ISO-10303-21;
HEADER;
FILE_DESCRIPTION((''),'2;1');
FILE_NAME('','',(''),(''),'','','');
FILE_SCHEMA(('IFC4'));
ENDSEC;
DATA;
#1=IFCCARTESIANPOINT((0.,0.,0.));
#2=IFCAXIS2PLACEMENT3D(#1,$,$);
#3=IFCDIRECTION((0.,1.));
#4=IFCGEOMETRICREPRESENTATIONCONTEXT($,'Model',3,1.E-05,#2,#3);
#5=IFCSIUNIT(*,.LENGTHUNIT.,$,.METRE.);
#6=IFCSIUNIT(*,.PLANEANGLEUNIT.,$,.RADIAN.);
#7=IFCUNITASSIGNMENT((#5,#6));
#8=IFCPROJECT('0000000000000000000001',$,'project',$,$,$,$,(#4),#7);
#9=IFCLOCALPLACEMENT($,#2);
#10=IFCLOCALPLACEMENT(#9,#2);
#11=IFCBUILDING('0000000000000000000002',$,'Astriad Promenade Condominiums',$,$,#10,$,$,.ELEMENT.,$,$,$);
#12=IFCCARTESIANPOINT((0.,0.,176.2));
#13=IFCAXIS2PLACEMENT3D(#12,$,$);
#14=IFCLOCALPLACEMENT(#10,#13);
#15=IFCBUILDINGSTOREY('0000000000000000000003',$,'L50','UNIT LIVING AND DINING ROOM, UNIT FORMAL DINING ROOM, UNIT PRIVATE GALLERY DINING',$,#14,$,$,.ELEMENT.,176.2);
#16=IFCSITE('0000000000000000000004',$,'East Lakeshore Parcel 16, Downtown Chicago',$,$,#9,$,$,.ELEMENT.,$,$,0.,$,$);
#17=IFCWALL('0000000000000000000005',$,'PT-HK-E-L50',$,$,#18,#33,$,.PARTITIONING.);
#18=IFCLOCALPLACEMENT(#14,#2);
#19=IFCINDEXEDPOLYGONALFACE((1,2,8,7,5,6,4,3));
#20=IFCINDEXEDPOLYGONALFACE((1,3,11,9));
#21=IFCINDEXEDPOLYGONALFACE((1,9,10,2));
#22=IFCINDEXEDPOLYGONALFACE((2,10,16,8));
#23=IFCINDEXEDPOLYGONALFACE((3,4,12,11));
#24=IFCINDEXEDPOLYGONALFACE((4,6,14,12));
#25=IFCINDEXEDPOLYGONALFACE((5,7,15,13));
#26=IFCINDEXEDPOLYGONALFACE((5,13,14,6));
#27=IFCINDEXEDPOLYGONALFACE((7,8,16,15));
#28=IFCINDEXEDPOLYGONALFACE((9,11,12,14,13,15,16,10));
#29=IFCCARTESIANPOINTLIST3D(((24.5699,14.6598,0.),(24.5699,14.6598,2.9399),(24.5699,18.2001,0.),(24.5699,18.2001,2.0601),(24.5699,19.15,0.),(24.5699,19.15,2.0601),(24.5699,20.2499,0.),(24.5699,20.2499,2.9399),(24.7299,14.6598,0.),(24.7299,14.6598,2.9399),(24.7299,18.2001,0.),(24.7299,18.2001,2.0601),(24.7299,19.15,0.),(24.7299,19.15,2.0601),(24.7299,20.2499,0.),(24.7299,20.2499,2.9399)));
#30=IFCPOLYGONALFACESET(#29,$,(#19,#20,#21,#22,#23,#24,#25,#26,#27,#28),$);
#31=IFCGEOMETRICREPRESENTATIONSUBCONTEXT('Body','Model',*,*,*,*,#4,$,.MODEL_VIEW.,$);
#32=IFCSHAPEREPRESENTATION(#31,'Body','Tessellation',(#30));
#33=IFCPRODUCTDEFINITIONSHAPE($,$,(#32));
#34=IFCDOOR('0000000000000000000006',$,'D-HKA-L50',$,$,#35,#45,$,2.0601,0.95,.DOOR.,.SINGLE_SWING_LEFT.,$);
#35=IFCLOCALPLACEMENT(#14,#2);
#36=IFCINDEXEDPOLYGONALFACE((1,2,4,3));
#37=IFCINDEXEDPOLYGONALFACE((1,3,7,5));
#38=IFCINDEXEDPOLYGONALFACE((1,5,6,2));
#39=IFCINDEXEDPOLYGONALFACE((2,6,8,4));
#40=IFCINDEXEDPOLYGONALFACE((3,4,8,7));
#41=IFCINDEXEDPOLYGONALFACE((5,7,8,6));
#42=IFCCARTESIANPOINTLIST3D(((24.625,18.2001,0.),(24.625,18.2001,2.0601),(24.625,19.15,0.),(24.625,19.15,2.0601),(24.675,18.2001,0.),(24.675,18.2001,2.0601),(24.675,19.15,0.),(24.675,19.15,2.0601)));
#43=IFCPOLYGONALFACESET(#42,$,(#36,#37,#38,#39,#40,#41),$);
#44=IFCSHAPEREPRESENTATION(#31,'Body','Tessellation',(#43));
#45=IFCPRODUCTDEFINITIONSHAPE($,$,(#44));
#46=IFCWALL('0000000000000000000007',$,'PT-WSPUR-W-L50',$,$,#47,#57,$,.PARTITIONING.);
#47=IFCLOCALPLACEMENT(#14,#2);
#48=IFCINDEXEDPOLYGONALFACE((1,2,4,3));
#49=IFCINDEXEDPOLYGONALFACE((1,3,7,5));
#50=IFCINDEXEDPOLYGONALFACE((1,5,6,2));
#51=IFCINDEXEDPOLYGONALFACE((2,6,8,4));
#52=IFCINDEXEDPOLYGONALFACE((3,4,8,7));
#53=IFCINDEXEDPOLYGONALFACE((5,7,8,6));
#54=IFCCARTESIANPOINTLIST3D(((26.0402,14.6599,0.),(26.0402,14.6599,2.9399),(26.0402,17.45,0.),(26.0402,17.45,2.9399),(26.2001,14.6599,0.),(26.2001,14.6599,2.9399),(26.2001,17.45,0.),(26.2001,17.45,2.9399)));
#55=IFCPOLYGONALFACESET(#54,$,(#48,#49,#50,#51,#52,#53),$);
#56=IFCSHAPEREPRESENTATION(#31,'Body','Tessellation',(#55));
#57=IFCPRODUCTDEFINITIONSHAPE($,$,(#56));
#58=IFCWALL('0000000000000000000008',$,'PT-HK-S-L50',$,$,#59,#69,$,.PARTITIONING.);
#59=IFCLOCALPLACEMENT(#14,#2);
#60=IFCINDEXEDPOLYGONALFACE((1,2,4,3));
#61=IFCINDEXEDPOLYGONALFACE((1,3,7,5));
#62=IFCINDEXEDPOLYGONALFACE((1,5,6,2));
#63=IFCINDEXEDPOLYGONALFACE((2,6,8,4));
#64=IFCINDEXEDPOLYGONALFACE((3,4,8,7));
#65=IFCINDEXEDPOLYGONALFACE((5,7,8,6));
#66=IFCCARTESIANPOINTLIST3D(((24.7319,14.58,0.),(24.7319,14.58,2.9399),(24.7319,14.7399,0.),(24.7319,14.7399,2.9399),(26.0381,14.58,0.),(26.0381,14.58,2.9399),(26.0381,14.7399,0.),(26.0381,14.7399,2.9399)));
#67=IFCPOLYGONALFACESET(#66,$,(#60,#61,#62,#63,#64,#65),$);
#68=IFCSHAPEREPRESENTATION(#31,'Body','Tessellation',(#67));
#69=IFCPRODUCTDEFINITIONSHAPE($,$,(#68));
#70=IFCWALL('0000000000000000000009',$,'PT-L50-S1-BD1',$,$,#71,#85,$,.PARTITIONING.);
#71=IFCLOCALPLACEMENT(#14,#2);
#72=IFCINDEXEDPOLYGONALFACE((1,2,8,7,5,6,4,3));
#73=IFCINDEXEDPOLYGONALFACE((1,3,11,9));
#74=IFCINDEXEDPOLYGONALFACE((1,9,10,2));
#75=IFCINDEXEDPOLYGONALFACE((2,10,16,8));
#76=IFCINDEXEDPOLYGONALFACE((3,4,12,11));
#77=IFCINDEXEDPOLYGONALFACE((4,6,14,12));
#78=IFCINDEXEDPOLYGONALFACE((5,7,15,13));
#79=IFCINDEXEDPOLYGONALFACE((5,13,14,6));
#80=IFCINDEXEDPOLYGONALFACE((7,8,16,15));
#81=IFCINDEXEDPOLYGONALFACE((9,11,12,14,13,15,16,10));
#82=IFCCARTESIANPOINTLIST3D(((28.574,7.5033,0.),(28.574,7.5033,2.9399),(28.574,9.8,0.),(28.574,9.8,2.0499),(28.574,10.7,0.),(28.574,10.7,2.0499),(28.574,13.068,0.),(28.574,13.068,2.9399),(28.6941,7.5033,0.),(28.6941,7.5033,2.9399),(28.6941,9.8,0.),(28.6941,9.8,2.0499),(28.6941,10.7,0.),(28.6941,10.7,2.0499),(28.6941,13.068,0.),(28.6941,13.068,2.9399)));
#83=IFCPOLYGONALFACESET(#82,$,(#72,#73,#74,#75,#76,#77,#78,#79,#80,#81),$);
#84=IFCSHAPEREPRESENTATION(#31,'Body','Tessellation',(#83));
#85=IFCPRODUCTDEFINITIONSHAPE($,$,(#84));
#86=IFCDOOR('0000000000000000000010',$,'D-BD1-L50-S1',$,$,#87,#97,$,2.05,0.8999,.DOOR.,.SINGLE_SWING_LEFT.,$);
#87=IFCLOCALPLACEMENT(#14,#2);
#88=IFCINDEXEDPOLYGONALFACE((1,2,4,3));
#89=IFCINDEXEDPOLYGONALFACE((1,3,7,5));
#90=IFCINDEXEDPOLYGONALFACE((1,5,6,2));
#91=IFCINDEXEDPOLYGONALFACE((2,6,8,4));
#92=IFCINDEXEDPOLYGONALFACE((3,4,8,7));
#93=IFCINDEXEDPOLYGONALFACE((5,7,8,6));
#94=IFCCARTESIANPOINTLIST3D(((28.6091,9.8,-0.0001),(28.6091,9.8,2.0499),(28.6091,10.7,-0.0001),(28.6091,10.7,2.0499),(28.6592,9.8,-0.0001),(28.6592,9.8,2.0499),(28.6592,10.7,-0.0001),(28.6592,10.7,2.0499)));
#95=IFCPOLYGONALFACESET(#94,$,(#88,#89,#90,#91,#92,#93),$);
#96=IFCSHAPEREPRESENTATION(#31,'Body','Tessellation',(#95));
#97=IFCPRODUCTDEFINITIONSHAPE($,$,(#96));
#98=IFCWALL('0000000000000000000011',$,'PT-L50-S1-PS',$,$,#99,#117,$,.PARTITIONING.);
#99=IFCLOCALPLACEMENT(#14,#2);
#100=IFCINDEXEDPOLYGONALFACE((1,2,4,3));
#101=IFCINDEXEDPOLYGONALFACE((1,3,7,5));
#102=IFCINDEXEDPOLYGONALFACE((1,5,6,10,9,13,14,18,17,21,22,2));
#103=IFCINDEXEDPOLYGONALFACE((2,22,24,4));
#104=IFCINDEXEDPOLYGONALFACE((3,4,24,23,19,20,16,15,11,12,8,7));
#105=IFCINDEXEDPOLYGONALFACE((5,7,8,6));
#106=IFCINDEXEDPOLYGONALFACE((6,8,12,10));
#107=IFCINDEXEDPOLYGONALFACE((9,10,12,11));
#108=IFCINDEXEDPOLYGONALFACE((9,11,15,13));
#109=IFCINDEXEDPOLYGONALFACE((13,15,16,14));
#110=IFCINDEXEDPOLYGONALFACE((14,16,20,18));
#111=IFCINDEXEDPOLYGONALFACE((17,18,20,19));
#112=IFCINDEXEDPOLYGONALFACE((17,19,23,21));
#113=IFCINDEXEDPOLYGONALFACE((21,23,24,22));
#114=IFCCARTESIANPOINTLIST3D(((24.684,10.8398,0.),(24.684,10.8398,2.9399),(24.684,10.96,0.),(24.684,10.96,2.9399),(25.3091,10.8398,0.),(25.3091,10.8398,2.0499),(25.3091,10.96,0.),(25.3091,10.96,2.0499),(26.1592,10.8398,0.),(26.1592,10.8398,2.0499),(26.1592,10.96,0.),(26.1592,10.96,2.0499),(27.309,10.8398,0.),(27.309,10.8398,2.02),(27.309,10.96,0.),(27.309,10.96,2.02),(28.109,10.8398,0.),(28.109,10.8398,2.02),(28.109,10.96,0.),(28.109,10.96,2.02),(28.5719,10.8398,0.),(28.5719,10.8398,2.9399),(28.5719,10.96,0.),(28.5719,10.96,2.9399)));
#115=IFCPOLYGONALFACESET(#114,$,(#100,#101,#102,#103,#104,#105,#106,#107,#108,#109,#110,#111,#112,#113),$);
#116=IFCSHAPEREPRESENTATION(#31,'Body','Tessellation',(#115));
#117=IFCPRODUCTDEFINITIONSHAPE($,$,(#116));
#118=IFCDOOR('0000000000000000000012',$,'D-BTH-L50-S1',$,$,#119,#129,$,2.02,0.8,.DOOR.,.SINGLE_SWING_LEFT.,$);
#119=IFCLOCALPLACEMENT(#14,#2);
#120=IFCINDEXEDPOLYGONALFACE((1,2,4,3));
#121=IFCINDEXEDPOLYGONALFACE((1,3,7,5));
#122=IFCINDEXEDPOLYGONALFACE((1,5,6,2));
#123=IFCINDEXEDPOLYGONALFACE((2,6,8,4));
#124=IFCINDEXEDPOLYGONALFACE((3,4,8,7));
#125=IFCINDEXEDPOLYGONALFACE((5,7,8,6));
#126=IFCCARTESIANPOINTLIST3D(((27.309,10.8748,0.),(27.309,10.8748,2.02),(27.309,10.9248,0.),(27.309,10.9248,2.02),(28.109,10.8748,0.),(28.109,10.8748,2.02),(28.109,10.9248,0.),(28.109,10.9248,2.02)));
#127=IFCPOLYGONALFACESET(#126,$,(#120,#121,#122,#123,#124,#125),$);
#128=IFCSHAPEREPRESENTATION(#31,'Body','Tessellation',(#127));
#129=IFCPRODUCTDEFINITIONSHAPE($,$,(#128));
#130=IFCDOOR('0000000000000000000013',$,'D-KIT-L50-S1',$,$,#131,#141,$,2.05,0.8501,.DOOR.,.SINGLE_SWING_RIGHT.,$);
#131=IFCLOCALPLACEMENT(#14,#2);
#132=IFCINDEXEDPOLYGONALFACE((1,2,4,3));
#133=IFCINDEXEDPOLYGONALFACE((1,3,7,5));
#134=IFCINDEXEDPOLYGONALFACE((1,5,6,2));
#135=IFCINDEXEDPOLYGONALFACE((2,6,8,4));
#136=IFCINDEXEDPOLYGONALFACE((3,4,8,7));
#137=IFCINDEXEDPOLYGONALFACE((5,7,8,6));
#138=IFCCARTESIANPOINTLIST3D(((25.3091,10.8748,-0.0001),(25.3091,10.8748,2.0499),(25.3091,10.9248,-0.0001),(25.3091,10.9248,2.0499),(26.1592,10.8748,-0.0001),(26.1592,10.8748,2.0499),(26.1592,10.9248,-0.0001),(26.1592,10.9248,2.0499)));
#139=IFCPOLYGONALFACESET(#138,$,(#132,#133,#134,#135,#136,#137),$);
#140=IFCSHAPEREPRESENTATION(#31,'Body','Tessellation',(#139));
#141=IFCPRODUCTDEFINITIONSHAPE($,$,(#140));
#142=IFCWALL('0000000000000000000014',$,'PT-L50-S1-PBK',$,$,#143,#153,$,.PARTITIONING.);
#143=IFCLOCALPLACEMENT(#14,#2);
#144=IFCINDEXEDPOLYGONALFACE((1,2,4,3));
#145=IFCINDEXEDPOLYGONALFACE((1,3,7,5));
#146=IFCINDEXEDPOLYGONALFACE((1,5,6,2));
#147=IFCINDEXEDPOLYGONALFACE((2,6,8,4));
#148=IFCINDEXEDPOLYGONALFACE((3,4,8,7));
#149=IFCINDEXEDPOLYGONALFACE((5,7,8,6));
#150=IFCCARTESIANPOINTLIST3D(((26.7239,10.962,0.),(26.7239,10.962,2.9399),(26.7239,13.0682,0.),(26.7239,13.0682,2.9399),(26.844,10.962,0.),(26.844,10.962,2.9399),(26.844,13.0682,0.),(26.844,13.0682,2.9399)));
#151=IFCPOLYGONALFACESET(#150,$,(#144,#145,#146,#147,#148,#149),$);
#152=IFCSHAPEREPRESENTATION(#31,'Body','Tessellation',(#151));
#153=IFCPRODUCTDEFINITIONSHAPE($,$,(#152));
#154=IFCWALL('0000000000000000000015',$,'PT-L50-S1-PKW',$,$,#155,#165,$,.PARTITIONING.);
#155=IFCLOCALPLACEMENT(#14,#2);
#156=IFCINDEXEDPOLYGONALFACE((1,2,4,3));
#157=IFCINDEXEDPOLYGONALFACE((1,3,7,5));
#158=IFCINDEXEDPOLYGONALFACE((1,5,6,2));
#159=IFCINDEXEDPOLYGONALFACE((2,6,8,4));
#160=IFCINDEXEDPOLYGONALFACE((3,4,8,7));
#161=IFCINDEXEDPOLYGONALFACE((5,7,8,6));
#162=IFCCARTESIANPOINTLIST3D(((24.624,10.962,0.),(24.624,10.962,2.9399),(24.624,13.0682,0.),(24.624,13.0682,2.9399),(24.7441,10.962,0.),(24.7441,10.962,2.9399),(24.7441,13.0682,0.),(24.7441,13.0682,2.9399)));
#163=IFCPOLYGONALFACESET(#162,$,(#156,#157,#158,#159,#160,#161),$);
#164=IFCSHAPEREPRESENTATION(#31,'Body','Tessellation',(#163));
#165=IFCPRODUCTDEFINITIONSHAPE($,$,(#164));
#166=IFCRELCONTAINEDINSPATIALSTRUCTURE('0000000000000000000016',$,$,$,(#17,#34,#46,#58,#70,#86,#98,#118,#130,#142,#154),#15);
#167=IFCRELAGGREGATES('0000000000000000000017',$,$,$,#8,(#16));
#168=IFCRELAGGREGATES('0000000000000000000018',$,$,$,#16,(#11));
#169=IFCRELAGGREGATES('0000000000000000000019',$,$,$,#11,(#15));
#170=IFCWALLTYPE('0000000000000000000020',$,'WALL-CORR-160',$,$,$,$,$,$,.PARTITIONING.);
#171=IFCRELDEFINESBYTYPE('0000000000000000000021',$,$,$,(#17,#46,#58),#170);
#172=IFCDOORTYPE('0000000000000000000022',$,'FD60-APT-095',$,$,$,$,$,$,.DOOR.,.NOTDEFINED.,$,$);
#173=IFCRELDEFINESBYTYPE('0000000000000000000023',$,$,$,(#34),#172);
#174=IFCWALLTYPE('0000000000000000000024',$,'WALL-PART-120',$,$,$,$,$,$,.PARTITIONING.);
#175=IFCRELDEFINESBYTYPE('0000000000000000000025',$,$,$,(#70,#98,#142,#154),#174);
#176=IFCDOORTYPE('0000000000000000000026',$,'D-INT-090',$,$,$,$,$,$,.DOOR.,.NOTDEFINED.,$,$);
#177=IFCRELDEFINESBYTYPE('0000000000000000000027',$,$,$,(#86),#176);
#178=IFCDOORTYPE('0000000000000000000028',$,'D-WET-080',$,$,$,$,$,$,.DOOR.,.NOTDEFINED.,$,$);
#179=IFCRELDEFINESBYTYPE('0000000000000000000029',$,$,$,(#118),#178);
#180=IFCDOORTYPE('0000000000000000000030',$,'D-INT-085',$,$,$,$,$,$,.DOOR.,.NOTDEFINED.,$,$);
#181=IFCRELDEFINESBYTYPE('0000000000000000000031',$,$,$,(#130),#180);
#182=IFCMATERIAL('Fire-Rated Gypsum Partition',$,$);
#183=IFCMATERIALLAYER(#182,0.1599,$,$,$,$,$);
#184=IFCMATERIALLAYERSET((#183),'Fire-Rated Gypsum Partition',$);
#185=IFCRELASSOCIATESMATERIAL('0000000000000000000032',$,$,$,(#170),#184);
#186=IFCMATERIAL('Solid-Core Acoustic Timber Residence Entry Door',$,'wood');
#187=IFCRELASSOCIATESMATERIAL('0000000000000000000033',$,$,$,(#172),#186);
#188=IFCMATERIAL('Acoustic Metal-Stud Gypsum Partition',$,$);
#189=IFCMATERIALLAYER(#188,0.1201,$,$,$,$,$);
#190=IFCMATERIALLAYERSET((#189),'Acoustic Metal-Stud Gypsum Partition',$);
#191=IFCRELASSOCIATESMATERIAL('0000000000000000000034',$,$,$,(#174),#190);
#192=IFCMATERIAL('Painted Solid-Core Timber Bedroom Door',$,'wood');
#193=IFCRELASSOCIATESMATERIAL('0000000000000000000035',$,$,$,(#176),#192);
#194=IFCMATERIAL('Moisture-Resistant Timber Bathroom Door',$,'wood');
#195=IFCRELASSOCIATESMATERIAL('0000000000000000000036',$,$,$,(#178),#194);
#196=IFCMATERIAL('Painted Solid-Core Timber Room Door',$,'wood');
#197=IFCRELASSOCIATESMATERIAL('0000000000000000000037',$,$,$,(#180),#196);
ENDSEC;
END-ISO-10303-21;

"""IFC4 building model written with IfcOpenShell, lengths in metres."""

from ifc_helpers import new_model, si_unit, direction, frame, frame_2d, origin, place, context, subcontext, project, spatial, rectangle, extrude, source, transform, mapped, material, layer, layer_set, type_object, type_shapes, element, fill, save


model = new_model("IFC4")

# Units and contexts
model_context = context("Model", 3, precision=1e-05, world=origin(), true_north=direction((0.0, 1.0)))
body_context = subcontext(model_context, "Body", "Model", "MODEL_VIEW")
ifc_project = project(units=[si_unit("LENGTHUNIT", "METRE"), si_unit("PLANEANGLEUNIT", "RADIAN")], contexts=[model_context])

# Site, building, storey
site_placement = place(None, origin())
site = spatial("IfcSite", under=ifc_project, at=site_placement, Name="East Lakeshore Parcel 16, Downtown Chicago", CompositionType="ELEMENT", RefElevation=0.0)
building_placement = place(site_placement, origin())
building = spatial("IfcBuilding", under=site, at=building_placement, Name="Astriad Promenade Condominiums", CompositionType="ELEMENT")
storey_placement = place(building_placement, frame((0.0, 0.0, 176.2)))
storey = spatial("IfcBuildingStorey", under=building, at=storey_placement, Name="L50", Description="UNIT LIVING AND DINING ROOM, UNIT FORMAL DINING ROOM, UNIT PRIVATE GALLERY DINING", CompositionType="ELEMENT", Elevation=176.2)

# Shared definitions
ifc_material_1 = material(Name="Fire-Rated Gypsum Partition")
ifc_layer_1 = layer(ifc_material_1, 0.1599)
ifc_layer_set_1 = layer_set([ifc_layer_1], Name="Fire-Rated Gypsum Partition")
wall_type_1 = type_object("IfcWallType", Name="WALL-CORR-160", PredefinedType="PARTITIONING", material=ifc_layer_set_1)

# Wall, opening, door
ifc_material_2 = material(Name="Solid-Core Acoustic Timber Residence Entry Door", Category="wood")
door_type_1 = type_object("IfcDoorType", Name="FD60-APT-095", OperationType="NOTDEFINED", PredefinedType="DOOR", material=ifc_material_2)
shared_shape_1 = source(origin(), body_context, "Body", "SweptSolid", [
    extrude(rectangle(XDim=0.95, YDim=2.0601, at=frame_2d((0.4751, 1.03))), frame((0.0, 0.0249, 0.0), z_axis=(0.0, -1.0, 0.0), x_axis=(1.0, 0.0, 0.0)), (0.0, 0.0, 1.0), 0.05),
])
type_shapes(door_type_1, [shared_shape_1])
wall_1_placement = place(storey_placement, frame((24.6499, 14.6599, 0.0), z_axis=(0.0, 0.0, 1.0), x_axis=(0.0, 1.0, 0.0)))
wall_1 = element("IfcWall", 1, at=wall_1_placement, inside=storey, type_object=wall_type_1, Name="PT-HK-E-L50", PredefinedType="PARTITIONING", context=body_context, shape_type="SweptSolid", body=[
    extrude(rectangle(XDim=5.5901, YDim=0.1599, at=frame_2d((2.7949, 0.0))), origin(), (0.0, 0.0, 1.0), 2.9399),
])
opening_1_placement = place(wall_1_placement, frame((3.54, 0.0, 0.0)))
opening_1 = element("IfcOpeningElement", 2, at=opening_1_placement, cuts=wall_1, PredefinedType="OPENING", context=body_context, shape_type="SweptSolid", body=[
    extrude(rectangle(XDim=0.95, YDim=2.0601, at=frame_2d((0.4751, 1.03))), frame((0.0, 0.0898, 0.0), z_axis=(0.0, -1.0, 0.0), x_axis=(1.0, 0.0, 0.0)), (0.0, 0.0, 1.0), 0.1799),
])
door_1_placement = place(opening_1_placement, origin())
door_1 = element("IfcDoor", 3, at=door_1_placement, inside=storey, type_object=door_type_1, Name="D-HKA-L50", OperationType="SINGLE_SWING_LEFT", OverallHeight=2.0601, OverallWidth=0.95, PredefinedType="DOOR", context=body_context, shape_type="MappedRepresentation", body=[
    mapped(shared_shape_1, transform((0.0, 0.0, 0.0), scale=1.0)),
])
fill(opening_1, door_1)

# Walls
wall_2_placement = place(storey_placement, frame((26.1201, 14.6599, 0.0), z_axis=(0.0, 0.0, 1.0), x_axis=(0.0, 1.0, 0.0)))
element("IfcWall", 4, at=wall_2_placement, inside=storey, type_object=wall_type_1, Name="PT-WSPUR-W-L50", PredefinedType="PARTITIONING", context=body_context, shape_type="SweptSolid", body=[
    extrude(rectangle(XDim=2.79, YDim=0.1599, at=frame_2d((1.395, 0.0))), origin(), (0.0, 0.0, 1.0), 2.9399),
])
wall_3_placement = place(storey_placement, frame((24.7319, 14.6599, 0.0), z_axis=(0.0, 0.0, 1.0), x_axis=(1.0, 0.0, 0.0)))
element("IfcWall", 5, at=wall_3_placement, inside=storey, type_object=wall_type_1, Name="PT-HK-S-L50", PredefinedType="PARTITIONING", context=body_context, shape_type="SweptSolid", body=[
    extrude(rectangle(XDim=1.3062, YDim=0.1599, at=frame_2d((0.6531, 0.0))), origin(), (0.0, 0.0, 1.0), 2.9399),
])

# Wall, opening, door
ifc_material_3 = material(Name="Acoustic Metal-Stud Gypsum Partition")
ifc_layer_2 = layer(ifc_material_3, 0.1201)
ifc_layer_set_2 = layer_set([ifc_layer_2], Name="Acoustic Metal-Stud Gypsum Partition")
wall_type_2 = type_object("IfcWallType", Name="WALL-PART-120", PredefinedType="PARTITIONING", material=ifc_layer_set_2)
wall_4_placement = place(storey_placement, frame((28.634, 7.5034, 0.0), z_axis=(0.0, 0.0, 1.0), x_axis=(0.0, 1.0, 0.0)))
wall_4 = element("IfcWall", 6, at=wall_4_placement, inside=storey, type_object=wall_type_2, Name="PT-L50-S1-BD1", PredefinedType="PARTITIONING", context=body_context, shape_type="SweptSolid", body=[
    extrude(rectangle(XDim=5.5647, YDim=0.1201, at=frame_2d((2.7822, 0.0))), origin(), (0.0, 0.0, 1.0), 2.9399),
])
opening_2_placement = place(wall_4_placement, frame((2.2966, 0.0, 0.0)))
opening_2 = element("IfcOpeningElement", 7, at=opening_2_placement, cuts=wall_4, PredefinedType="OPENING", context=body_context, shape_type="SweptSolid", body=[
    extrude(rectangle(XDim=0.8999, YDim=2.05, at=frame_2d((0.45, 1.0249))), frame((0.0, 0.0701, 0.0), z_axis=(0.0, -1.0, 0.0), x_axis=(1.0, 0.0, 0.0)), (0.0, 0.0, 1.0), 0.1401),
])
ifc_material_4 = material(Name="Painted Solid-Core Timber Bedroom Door", Category="wood")
door_type_2 = type_object("IfcDoorType", Name="D-INT-090", OperationType="NOTDEFINED", PredefinedType="DOOR", material=ifc_material_4)
shared_shape_2 = source(origin(), body_context, "Body", "SweptSolid", [
    extrude(rectangle(XDim=0.8999, YDim=2.05, at=frame_2d((0.45, 1.0249))), frame((0.0, 0.0249, 0.0), z_axis=(0.0, -1.0, 0.0), x_axis=(1.0, 0.0, 0.0)), (0.0, 0.0, 1.0), 0.05),
])
type_shapes(door_type_2, [shared_shape_2])
door_2_placement = place(opening_2_placement, origin())
door_2 = element("IfcDoor", 8, at=door_2_placement, inside=storey, type_object=door_type_2, Name="D-BD1-L50-S1", OperationType="SINGLE_SWING_LEFT", OverallHeight=2.05, OverallWidth=0.8999, PredefinedType="DOOR", context=body_context, shape_type="MappedRepresentation", body=[
    mapped(shared_shape_2, transform((0.0, 0.0, 0.0), scale=1.0)),
])
fill(opening_2, door_2)

# Wall, openings, doors
wall_5_placement = place(storey_placement, frame((24.6841, 10.8999, 0.0), z_axis=(0.0, 0.0, 1.0), x_axis=(1.0, 0.0, 0.0)))
wall_5 = element("IfcWall", 9, at=wall_5_placement, inside=storey, type_object=wall_type_2, Name="PT-L50-S1-PS", PredefinedType="PARTITIONING", context=body_context, shape_type="SweptSolid", body=[
    extrude(rectangle(XDim=3.8879, YDim=0.1201, at=frame_2d((1.9438, 0.0))), origin(), (0.0, 0.0, 1.0), 2.9399),
])
opening_3_placement = place(wall_5_placement, frame((0.625, 0.0, 0.0)))
opening_3 = element("IfcOpeningElement", 10, at=opening_3_placement, cuts=wall_5, PredefinedType="OPENING", context=body_context, shape_type="SweptSolid", body=[
    extrude(rectangle(XDim=0.8501, YDim=2.05, at=frame_2d((0.425, 1.0249))), frame((0.0, 0.0701, 0.0), z_axis=(0.0, -1.0, 0.0), x_axis=(1.0, 0.0, 0.0)), (0.0, 0.0, 1.0), 0.1401),
])
opening_4_placement = place(wall_5_placement, frame((2.625, 0.0, 0.0)))
opening_4 = element("IfcOpeningElement", 11, at=opening_4_placement, cuts=wall_5, PredefinedType="OPENING", context=body_context, shape_type="SweptSolid", body=[
    extrude(rectangle(XDim=0.8, YDim=2.02, at=frame_2d((0.3999, 1.01))), frame((0.0, 0.0701, 0.0), z_axis=(0.0, -1.0, 0.0), x_axis=(1.0, 0.0, 0.0)), (0.0, 0.0, 1.0), 0.1401),
])
ifc_material_5 = material(Name="Moisture-Resistant Timber Bathroom Door", Category="wood")
door_type_3 = type_object("IfcDoorType", Name="D-WET-080", OperationType="NOTDEFINED", PredefinedType="DOOR", material=ifc_material_5)
shared_shape_3 = source(origin(), body_context, "Body", "SweptSolid", [
    extrude(rectangle(XDim=0.8, YDim=2.02, at=frame_2d((0.3999, 1.01))), frame((0.0, 0.0249, 0.0), z_axis=(0.0, -1.0, 0.0), x_axis=(1.0, 0.0, 0.0)), (0.0, 0.0, 1.0), 0.05),
])
type_shapes(door_type_3, [shared_shape_3])
door_3_placement = place(opening_4_placement, origin())
door_3 = element("IfcDoor", 12, at=door_3_placement, inside=storey, type_object=door_type_3, Name="D-BTH-L50-S1", OperationType="SINGLE_SWING_LEFT", OverallHeight=2.02, OverallWidth=0.8, PredefinedType="DOOR", context=body_context, shape_type="MappedRepresentation", body=[
    mapped(shared_shape_3, transform((0.0, 0.0, 0.0), scale=1.0)),
])
fill(opening_4, door_3)
ifc_material_6 = material(Name="Painted Solid-Core Timber Room Door", Category="wood")
door_type_4 = type_object("IfcDoorType", Name="D-INT-085", OperationType="NOTDEFINED", PredefinedType="DOOR", material=ifc_material_6)
shared_shape_4 = source(origin(), body_context, "Body", "SweptSolid", [
    extrude(rectangle(XDim=0.8501, YDim=2.05, at=frame_2d((0.425, 1.0249))), frame((0.0, 0.0249, 0.0), z_axis=(0.0, -1.0, 0.0), x_axis=(1.0, 0.0, 0.0)), (0.0, 0.0, 1.0), 0.05),
])
type_shapes(door_type_4, [shared_shape_4])
door_4_placement = place(opening_3_placement, origin())
door_4 = element("IfcDoor", 13, at=door_4_placement, inside=storey, type_object=door_type_4, Name="D-KIT-L50-S1", OperationType="SINGLE_SWING_RIGHT", OverallHeight=2.05, OverallWidth=0.8501, PredefinedType="DOOR", context=body_context, shape_type="MappedRepresentation", body=[
    mapped(shared_shape_4, transform((0.0, 0.0, 0.0), scale=1.0)),
])
fill(opening_3, door_4)

# Walls
for number, where, z_axis, x_axis, name in (
    (14, (26.7839, 10.9619, 0.0), (0.0, 0.0, 1.0), (0.0, 1.0, 0.0), "PT-L50-S1-PBK"),
    (15, (24.6841, 10.9619, 0.0), (0.0, 0.0, 1.0), (0.0, 1.0, 0.0), "PT-L50-S1-PKW"),
):
    element("IfcWall", number, at=place(storey_placement, frame(where, z_axis=z_axis, x_axis=x_axis)), inside=storey, type_object=wall_type_2, Name=name, PredefinedType="PARTITIONING", context=body_context, shape_type="SweptSolid", body=[
        extrude(rectangle(XDim=2.1062, YDim=0.1201, at=frame_2d((1.0532, 0.0))), origin(), (0.0, 0.0, 1.0), 2.9399),
    ])

save(model, "model.ifc")
